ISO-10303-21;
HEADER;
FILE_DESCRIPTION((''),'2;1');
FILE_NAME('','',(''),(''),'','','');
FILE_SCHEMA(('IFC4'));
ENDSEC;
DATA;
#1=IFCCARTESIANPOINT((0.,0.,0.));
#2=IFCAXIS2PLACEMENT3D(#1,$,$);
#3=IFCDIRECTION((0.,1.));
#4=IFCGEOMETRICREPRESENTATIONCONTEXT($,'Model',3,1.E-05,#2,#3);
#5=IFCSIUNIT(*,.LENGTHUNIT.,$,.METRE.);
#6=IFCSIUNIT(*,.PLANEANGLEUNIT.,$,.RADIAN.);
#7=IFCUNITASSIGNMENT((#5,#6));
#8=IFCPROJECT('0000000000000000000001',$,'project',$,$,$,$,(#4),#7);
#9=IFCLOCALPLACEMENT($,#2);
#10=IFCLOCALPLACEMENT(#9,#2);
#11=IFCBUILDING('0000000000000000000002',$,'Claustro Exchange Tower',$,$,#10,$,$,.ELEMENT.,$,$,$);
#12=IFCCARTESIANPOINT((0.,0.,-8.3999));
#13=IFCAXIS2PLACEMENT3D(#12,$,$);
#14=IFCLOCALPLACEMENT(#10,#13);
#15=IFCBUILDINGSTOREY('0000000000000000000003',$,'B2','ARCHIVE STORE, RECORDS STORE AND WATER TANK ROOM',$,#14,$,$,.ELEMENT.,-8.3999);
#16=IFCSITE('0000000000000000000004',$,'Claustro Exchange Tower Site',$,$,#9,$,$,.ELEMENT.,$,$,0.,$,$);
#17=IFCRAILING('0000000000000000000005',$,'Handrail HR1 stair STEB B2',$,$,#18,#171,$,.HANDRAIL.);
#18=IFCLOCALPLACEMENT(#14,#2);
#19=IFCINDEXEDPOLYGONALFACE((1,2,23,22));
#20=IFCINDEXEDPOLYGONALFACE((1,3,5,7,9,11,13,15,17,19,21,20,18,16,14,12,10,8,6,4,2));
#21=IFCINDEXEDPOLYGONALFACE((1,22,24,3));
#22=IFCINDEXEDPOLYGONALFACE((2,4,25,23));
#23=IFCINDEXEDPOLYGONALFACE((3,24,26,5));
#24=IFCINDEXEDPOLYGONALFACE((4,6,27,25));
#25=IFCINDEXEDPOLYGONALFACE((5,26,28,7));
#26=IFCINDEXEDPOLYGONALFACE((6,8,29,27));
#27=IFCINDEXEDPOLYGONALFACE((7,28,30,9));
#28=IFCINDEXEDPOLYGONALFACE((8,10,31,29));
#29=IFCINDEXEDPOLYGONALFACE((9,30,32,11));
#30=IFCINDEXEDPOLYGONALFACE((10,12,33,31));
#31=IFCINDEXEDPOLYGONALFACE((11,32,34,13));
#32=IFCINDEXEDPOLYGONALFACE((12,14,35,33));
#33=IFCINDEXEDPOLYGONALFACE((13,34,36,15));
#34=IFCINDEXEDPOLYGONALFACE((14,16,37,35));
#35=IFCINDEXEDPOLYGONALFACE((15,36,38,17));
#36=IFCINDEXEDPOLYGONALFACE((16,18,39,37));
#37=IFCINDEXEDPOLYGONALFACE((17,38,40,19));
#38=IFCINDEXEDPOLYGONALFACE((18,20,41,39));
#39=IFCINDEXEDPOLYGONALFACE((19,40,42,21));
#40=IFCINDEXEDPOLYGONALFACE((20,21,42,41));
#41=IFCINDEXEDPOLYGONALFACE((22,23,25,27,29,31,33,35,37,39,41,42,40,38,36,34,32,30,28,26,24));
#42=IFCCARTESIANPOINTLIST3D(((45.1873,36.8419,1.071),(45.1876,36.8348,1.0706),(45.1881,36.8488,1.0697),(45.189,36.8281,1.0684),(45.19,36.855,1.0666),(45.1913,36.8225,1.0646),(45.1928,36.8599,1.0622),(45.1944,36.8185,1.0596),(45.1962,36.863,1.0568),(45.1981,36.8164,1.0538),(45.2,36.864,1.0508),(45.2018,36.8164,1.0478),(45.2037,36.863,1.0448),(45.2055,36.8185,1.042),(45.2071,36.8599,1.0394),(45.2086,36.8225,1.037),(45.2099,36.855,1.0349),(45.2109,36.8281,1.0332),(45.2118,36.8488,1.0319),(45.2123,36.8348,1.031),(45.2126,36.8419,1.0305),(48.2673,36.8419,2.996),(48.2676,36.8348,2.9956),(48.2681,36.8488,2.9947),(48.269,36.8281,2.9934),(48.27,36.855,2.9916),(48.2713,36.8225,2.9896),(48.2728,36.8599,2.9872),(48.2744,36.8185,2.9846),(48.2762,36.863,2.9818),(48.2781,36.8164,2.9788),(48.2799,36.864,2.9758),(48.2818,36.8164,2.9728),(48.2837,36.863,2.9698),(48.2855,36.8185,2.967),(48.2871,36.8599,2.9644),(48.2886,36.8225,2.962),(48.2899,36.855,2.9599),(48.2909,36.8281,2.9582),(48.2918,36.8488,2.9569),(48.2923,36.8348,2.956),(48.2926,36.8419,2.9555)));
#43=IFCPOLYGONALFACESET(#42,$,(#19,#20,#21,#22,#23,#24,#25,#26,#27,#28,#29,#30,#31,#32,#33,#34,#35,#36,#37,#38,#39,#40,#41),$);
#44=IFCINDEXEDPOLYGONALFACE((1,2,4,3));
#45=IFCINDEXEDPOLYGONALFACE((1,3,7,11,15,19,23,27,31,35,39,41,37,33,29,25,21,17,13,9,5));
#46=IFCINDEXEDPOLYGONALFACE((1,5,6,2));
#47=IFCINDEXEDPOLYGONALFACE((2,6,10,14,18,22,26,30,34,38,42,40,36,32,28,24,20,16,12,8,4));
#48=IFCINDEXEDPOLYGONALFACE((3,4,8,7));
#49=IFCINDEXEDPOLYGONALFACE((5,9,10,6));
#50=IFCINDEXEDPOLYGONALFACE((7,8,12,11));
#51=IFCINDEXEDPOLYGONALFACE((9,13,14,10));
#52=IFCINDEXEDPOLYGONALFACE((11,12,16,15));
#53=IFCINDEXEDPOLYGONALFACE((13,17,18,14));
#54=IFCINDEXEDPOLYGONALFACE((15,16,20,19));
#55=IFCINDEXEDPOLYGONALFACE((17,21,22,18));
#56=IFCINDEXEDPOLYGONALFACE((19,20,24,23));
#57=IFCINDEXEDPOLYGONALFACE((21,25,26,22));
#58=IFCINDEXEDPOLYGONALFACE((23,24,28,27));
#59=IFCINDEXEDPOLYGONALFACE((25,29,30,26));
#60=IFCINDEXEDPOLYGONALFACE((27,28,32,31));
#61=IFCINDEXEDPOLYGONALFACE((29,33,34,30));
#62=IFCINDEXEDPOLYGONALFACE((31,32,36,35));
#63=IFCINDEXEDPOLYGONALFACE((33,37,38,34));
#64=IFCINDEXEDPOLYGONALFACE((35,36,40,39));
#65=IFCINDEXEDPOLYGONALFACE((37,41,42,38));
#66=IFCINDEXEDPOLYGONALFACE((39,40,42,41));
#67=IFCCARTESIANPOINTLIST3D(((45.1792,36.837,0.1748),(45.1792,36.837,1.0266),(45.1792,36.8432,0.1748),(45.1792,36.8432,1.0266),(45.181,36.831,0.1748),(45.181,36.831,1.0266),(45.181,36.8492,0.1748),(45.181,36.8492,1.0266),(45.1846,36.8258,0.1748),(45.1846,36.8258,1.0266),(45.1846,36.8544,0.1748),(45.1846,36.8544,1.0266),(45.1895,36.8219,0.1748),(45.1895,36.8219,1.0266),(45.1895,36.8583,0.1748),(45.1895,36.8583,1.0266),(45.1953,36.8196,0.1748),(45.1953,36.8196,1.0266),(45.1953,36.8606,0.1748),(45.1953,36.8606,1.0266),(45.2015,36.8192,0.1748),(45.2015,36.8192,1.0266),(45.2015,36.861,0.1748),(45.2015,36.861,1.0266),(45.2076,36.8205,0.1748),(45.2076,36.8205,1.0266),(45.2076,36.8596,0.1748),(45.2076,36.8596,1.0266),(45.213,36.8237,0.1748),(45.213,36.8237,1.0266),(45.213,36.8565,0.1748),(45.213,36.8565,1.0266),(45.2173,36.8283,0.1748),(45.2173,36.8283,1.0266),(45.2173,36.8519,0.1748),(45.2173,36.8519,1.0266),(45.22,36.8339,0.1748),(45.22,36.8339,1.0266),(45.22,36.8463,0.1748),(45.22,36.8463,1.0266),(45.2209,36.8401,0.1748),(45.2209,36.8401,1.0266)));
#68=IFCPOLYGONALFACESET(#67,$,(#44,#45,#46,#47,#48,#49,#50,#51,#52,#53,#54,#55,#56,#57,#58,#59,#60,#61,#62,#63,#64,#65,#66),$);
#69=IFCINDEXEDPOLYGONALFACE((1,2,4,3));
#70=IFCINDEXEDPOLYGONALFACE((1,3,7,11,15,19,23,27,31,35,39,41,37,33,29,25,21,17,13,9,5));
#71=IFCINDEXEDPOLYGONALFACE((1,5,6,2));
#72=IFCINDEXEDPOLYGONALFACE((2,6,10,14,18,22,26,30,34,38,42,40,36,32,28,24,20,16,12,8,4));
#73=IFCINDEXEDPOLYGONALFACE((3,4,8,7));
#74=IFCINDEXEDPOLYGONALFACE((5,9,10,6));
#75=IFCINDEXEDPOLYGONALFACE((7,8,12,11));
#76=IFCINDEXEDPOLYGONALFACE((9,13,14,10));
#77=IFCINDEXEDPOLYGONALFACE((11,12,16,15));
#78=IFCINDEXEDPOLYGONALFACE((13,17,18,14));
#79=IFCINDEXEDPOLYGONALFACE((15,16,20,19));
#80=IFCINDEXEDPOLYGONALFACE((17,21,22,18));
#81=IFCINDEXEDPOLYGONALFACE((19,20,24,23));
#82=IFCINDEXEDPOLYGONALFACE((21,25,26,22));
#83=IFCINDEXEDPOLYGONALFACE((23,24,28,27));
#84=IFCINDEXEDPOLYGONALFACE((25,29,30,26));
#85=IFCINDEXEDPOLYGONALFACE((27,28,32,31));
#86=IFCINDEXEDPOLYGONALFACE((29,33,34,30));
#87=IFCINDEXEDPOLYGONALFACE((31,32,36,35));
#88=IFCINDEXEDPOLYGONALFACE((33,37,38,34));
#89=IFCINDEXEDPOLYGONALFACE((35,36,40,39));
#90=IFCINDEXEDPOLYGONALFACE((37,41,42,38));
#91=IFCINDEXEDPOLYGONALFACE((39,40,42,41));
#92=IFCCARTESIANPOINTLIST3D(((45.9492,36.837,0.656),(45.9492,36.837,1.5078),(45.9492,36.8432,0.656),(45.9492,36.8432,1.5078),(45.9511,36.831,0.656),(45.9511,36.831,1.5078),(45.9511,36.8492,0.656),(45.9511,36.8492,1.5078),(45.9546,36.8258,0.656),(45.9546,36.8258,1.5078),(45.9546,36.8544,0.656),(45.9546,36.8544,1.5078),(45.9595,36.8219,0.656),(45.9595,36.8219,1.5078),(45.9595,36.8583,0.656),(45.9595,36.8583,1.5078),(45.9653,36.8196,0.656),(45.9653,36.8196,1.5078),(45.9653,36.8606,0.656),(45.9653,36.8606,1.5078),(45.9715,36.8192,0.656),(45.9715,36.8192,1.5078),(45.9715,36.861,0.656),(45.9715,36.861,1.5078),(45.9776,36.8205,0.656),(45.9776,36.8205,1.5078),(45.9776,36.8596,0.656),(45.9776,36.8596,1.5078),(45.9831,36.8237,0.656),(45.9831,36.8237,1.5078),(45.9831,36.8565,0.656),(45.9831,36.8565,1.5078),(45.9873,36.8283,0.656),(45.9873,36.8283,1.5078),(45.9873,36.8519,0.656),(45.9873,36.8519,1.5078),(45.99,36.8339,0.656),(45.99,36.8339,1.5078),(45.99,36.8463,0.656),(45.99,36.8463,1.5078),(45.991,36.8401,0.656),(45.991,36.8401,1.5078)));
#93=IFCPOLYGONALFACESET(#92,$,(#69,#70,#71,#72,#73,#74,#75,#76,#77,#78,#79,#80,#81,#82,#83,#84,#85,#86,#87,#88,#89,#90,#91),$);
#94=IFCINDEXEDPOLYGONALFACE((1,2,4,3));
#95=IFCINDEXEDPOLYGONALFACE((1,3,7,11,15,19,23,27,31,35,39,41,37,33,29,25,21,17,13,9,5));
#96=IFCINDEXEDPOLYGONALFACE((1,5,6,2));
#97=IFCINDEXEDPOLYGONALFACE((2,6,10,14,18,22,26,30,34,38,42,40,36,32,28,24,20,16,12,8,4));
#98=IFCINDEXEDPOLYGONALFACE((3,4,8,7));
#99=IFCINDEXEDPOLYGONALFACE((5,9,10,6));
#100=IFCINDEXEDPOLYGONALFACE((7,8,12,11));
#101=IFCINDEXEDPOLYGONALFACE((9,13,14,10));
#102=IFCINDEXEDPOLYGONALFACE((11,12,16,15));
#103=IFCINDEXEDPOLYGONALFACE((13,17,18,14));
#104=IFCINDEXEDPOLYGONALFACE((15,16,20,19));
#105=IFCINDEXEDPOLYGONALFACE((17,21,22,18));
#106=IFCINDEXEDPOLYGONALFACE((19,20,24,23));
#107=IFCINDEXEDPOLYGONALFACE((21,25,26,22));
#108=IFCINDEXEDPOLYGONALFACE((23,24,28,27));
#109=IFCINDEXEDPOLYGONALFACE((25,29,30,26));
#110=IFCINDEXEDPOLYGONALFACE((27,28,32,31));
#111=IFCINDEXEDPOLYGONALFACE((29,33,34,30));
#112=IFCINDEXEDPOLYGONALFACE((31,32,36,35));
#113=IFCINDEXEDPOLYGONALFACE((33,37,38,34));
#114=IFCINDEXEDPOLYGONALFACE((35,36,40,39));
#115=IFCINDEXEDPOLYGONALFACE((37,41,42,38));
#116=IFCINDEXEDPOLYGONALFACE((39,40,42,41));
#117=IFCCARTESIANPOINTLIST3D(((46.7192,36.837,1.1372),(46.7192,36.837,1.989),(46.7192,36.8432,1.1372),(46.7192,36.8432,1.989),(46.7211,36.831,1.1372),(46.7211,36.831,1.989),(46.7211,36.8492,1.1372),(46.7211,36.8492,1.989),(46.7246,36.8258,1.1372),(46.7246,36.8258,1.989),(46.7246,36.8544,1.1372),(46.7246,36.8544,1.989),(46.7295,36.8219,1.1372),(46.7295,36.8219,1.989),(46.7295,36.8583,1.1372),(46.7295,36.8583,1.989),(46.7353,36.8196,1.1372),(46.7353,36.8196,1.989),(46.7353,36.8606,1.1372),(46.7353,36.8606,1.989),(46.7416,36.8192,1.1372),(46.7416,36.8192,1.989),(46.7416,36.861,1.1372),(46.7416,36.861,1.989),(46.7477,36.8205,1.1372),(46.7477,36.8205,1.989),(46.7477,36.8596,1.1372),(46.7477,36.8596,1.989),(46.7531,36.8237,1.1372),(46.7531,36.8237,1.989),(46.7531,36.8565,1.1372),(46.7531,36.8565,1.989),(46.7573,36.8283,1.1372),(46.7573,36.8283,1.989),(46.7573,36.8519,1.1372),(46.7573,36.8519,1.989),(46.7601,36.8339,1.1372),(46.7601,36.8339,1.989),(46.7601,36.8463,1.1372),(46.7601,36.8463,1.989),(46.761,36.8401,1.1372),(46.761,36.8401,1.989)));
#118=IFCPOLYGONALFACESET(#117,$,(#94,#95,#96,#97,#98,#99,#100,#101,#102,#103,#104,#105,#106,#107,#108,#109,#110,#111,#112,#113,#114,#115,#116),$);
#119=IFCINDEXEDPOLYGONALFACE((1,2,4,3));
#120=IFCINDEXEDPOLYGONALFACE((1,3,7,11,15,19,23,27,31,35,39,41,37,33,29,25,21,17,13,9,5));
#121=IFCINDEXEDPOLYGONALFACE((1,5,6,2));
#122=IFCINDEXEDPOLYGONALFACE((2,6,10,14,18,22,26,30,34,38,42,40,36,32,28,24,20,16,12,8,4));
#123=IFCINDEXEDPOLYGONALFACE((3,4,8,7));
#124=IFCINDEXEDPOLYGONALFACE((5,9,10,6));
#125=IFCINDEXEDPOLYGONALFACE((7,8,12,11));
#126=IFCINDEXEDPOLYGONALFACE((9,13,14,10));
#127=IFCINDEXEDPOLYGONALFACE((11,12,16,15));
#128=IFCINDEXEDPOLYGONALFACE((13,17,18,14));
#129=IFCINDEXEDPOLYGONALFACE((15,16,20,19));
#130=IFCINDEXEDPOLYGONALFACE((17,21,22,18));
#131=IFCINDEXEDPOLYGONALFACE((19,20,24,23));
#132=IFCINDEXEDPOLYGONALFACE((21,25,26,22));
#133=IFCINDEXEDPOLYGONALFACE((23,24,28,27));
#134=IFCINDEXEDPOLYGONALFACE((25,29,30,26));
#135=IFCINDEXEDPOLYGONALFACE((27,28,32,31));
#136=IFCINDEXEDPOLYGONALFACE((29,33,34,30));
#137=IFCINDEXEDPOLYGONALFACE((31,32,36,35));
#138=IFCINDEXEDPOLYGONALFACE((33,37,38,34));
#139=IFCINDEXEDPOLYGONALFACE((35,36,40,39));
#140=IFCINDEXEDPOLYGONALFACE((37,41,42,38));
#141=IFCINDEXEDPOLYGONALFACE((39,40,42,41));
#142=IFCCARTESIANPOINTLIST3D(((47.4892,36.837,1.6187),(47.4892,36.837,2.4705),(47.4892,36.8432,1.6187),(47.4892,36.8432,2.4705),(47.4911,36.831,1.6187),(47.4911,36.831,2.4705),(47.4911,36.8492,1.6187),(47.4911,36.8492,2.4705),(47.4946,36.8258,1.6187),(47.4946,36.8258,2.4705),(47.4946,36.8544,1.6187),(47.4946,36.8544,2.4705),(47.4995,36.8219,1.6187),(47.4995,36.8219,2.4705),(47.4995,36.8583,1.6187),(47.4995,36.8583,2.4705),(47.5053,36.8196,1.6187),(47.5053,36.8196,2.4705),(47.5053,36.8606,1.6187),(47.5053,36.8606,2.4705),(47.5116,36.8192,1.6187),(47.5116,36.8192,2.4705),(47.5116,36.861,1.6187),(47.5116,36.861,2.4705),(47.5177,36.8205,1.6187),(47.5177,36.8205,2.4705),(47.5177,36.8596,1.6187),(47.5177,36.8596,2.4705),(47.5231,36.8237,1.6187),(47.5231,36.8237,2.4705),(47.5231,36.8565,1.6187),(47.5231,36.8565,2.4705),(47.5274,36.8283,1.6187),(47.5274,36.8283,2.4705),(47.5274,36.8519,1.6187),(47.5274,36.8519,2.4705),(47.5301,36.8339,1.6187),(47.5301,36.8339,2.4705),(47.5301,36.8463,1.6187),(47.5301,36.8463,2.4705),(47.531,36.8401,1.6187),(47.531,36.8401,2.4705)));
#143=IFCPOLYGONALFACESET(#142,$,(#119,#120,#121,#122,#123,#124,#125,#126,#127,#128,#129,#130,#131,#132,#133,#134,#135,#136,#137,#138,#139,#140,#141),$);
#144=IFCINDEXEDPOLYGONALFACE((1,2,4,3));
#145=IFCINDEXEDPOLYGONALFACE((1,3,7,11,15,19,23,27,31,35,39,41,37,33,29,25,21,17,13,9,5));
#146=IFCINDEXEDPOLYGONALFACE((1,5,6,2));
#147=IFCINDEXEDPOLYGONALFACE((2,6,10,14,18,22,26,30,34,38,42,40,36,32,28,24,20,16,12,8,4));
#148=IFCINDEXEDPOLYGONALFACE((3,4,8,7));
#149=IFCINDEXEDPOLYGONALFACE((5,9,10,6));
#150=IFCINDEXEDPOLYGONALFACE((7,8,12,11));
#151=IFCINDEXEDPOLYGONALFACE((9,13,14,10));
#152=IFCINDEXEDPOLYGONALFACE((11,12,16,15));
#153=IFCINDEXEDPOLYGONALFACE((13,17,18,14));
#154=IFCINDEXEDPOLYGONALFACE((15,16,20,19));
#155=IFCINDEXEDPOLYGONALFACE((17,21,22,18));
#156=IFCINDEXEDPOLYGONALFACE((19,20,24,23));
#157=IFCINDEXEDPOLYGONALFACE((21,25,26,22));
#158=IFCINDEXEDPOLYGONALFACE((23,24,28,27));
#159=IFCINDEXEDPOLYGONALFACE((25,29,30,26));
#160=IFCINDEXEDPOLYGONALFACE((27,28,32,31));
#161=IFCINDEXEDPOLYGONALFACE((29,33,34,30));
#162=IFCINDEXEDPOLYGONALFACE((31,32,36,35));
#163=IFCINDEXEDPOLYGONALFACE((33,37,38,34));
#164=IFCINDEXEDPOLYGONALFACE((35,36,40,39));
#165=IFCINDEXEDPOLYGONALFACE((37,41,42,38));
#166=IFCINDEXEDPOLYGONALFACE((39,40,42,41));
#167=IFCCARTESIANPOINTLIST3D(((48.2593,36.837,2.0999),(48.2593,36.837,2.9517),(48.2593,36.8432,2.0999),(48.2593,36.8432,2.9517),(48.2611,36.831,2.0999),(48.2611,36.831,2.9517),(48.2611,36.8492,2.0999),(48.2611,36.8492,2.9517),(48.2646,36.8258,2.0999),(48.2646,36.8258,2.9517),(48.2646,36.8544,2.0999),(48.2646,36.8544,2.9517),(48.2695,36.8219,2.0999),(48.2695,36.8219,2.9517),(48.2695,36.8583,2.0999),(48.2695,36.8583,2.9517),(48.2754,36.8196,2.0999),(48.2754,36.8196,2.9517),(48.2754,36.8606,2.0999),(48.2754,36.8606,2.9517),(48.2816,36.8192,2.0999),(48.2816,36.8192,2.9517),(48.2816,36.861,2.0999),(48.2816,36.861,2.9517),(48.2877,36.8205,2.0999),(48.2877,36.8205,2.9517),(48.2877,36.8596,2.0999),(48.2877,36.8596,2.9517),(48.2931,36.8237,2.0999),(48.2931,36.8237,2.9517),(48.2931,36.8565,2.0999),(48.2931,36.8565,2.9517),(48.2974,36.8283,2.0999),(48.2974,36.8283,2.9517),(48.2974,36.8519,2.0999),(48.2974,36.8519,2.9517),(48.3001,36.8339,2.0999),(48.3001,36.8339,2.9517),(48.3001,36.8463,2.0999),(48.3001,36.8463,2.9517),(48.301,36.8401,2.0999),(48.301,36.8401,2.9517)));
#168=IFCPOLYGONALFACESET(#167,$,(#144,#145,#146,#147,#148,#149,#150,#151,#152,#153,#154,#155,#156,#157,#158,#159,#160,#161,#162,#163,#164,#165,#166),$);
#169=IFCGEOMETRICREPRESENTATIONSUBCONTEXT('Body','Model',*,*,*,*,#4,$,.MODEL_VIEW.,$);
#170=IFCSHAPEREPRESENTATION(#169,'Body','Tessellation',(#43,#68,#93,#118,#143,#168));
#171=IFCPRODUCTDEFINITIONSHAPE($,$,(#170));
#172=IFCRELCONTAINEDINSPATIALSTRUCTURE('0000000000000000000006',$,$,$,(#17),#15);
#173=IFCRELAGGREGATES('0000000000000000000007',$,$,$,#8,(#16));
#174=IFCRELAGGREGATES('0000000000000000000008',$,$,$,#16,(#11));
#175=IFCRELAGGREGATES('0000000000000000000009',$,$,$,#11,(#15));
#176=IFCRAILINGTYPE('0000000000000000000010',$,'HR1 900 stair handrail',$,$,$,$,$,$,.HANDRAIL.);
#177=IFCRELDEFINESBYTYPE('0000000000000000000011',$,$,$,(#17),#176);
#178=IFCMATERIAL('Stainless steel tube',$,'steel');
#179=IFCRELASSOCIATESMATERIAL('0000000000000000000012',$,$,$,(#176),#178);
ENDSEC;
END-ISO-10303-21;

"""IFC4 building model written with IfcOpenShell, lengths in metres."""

from ifc_helpers import new_model, si_unit, direction, frame, origin, origin_2d, place, context, subcontext, project, spatial, circle, extrude, material, type_object, element, save


model = new_model("IFC4")

# Units and contexts
model_context = context("Model", 3, precision=1e-05, world=origin(), true_north=direction((0.0, 1.0)))
body_context = subcontext(model_context, "Body", "Model", "MODEL_VIEW")
ifc_project = project(units=[si_unit("LENGTHUNIT", "METRE"), si_unit("PLANEANGLEUNIT", "RADIAN")], contexts=[model_context])

# Site, building, storey
site_placement = place(None, origin())
site = spatial("IfcSite", under=ifc_project, at=site_placement, Name="Claustro Exchange Tower Site", CompositionType="ELEMENT", RefElevation=0.0)
building_placement = place(site_placement, origin())
building = spatial("IfcBuilding", under=site, at=building_placement, Name="Claustro Exchange Tower", CompositionType="ELEMENT")
storey_placement = place(building_placement, frame((0.0, 0.0, -8.3999)))
storey = spatial("IfcBuildingStorey", under=building, at=storey_placement, Name="B2", Description="ARCHIVE STORE, RECORDS STORE AND WATER TANK ROOM", CompositionType="ELEMENT", Elevation=-8.3999)

# Railing
ifc_material_1 = material(Name="Stainless steel tube", Category="steel")
railing_type_1 = type_object("IfcRailingType", Name="HR1 900 stair handrail", PredefinedType="HANDRAIL", material=ifc_material_1)
railing_1_placement = place(storey_placement, frame((45.2, 36.8401, 0.1748)))
element("IfcRailing", 1, at=railing_1_placement, inside=storey, type_object=railing_type_1, Name="Handrail HR1 stair STEB B2", PredefinedType="HANDRAIL", context=body_context, shape_type="SweptSolid", body=[
    extrude(circle(Radius=0.0239, at=origin_2d()), frame((0.0, 0.0, 0.876), z_axis=(0.847998, 0.0, 0.529999), x_axis=(0.0, 1.0, 0.0)), (0.0, 0.0, 1.0), 3.6321),
    extrude(circle(Radius=0.021, at=origin_2d()), origin(), (0.0, 0.0, 1.0), 0.8518),
    extrude(circle(Radius=0.021, at=origin_2d()), frame((0.77, 0.0, 0.4812)), (0.0, 0.0, 1.0), 0.8518),
    extrude(circle(Radius=0.021, at=origin_2d()), frame((1.54, 0.0, 0.9624)), (0.0, 0.0, 1.0), 0.8518),
    extrude(circle(Radius=0.021, at=origin_2d()), frame((2.3101, 0.0, 1.4438)), (0.0, 0.0, 1.0), 0.8518),
    extrude(circle(Radius=0.021, at=origin_2d()), frame((3.0801, 0.0, 1.925)), (0.0, 0.0, 1.0), 0.8518),
])

save(model, "model.ifc")
